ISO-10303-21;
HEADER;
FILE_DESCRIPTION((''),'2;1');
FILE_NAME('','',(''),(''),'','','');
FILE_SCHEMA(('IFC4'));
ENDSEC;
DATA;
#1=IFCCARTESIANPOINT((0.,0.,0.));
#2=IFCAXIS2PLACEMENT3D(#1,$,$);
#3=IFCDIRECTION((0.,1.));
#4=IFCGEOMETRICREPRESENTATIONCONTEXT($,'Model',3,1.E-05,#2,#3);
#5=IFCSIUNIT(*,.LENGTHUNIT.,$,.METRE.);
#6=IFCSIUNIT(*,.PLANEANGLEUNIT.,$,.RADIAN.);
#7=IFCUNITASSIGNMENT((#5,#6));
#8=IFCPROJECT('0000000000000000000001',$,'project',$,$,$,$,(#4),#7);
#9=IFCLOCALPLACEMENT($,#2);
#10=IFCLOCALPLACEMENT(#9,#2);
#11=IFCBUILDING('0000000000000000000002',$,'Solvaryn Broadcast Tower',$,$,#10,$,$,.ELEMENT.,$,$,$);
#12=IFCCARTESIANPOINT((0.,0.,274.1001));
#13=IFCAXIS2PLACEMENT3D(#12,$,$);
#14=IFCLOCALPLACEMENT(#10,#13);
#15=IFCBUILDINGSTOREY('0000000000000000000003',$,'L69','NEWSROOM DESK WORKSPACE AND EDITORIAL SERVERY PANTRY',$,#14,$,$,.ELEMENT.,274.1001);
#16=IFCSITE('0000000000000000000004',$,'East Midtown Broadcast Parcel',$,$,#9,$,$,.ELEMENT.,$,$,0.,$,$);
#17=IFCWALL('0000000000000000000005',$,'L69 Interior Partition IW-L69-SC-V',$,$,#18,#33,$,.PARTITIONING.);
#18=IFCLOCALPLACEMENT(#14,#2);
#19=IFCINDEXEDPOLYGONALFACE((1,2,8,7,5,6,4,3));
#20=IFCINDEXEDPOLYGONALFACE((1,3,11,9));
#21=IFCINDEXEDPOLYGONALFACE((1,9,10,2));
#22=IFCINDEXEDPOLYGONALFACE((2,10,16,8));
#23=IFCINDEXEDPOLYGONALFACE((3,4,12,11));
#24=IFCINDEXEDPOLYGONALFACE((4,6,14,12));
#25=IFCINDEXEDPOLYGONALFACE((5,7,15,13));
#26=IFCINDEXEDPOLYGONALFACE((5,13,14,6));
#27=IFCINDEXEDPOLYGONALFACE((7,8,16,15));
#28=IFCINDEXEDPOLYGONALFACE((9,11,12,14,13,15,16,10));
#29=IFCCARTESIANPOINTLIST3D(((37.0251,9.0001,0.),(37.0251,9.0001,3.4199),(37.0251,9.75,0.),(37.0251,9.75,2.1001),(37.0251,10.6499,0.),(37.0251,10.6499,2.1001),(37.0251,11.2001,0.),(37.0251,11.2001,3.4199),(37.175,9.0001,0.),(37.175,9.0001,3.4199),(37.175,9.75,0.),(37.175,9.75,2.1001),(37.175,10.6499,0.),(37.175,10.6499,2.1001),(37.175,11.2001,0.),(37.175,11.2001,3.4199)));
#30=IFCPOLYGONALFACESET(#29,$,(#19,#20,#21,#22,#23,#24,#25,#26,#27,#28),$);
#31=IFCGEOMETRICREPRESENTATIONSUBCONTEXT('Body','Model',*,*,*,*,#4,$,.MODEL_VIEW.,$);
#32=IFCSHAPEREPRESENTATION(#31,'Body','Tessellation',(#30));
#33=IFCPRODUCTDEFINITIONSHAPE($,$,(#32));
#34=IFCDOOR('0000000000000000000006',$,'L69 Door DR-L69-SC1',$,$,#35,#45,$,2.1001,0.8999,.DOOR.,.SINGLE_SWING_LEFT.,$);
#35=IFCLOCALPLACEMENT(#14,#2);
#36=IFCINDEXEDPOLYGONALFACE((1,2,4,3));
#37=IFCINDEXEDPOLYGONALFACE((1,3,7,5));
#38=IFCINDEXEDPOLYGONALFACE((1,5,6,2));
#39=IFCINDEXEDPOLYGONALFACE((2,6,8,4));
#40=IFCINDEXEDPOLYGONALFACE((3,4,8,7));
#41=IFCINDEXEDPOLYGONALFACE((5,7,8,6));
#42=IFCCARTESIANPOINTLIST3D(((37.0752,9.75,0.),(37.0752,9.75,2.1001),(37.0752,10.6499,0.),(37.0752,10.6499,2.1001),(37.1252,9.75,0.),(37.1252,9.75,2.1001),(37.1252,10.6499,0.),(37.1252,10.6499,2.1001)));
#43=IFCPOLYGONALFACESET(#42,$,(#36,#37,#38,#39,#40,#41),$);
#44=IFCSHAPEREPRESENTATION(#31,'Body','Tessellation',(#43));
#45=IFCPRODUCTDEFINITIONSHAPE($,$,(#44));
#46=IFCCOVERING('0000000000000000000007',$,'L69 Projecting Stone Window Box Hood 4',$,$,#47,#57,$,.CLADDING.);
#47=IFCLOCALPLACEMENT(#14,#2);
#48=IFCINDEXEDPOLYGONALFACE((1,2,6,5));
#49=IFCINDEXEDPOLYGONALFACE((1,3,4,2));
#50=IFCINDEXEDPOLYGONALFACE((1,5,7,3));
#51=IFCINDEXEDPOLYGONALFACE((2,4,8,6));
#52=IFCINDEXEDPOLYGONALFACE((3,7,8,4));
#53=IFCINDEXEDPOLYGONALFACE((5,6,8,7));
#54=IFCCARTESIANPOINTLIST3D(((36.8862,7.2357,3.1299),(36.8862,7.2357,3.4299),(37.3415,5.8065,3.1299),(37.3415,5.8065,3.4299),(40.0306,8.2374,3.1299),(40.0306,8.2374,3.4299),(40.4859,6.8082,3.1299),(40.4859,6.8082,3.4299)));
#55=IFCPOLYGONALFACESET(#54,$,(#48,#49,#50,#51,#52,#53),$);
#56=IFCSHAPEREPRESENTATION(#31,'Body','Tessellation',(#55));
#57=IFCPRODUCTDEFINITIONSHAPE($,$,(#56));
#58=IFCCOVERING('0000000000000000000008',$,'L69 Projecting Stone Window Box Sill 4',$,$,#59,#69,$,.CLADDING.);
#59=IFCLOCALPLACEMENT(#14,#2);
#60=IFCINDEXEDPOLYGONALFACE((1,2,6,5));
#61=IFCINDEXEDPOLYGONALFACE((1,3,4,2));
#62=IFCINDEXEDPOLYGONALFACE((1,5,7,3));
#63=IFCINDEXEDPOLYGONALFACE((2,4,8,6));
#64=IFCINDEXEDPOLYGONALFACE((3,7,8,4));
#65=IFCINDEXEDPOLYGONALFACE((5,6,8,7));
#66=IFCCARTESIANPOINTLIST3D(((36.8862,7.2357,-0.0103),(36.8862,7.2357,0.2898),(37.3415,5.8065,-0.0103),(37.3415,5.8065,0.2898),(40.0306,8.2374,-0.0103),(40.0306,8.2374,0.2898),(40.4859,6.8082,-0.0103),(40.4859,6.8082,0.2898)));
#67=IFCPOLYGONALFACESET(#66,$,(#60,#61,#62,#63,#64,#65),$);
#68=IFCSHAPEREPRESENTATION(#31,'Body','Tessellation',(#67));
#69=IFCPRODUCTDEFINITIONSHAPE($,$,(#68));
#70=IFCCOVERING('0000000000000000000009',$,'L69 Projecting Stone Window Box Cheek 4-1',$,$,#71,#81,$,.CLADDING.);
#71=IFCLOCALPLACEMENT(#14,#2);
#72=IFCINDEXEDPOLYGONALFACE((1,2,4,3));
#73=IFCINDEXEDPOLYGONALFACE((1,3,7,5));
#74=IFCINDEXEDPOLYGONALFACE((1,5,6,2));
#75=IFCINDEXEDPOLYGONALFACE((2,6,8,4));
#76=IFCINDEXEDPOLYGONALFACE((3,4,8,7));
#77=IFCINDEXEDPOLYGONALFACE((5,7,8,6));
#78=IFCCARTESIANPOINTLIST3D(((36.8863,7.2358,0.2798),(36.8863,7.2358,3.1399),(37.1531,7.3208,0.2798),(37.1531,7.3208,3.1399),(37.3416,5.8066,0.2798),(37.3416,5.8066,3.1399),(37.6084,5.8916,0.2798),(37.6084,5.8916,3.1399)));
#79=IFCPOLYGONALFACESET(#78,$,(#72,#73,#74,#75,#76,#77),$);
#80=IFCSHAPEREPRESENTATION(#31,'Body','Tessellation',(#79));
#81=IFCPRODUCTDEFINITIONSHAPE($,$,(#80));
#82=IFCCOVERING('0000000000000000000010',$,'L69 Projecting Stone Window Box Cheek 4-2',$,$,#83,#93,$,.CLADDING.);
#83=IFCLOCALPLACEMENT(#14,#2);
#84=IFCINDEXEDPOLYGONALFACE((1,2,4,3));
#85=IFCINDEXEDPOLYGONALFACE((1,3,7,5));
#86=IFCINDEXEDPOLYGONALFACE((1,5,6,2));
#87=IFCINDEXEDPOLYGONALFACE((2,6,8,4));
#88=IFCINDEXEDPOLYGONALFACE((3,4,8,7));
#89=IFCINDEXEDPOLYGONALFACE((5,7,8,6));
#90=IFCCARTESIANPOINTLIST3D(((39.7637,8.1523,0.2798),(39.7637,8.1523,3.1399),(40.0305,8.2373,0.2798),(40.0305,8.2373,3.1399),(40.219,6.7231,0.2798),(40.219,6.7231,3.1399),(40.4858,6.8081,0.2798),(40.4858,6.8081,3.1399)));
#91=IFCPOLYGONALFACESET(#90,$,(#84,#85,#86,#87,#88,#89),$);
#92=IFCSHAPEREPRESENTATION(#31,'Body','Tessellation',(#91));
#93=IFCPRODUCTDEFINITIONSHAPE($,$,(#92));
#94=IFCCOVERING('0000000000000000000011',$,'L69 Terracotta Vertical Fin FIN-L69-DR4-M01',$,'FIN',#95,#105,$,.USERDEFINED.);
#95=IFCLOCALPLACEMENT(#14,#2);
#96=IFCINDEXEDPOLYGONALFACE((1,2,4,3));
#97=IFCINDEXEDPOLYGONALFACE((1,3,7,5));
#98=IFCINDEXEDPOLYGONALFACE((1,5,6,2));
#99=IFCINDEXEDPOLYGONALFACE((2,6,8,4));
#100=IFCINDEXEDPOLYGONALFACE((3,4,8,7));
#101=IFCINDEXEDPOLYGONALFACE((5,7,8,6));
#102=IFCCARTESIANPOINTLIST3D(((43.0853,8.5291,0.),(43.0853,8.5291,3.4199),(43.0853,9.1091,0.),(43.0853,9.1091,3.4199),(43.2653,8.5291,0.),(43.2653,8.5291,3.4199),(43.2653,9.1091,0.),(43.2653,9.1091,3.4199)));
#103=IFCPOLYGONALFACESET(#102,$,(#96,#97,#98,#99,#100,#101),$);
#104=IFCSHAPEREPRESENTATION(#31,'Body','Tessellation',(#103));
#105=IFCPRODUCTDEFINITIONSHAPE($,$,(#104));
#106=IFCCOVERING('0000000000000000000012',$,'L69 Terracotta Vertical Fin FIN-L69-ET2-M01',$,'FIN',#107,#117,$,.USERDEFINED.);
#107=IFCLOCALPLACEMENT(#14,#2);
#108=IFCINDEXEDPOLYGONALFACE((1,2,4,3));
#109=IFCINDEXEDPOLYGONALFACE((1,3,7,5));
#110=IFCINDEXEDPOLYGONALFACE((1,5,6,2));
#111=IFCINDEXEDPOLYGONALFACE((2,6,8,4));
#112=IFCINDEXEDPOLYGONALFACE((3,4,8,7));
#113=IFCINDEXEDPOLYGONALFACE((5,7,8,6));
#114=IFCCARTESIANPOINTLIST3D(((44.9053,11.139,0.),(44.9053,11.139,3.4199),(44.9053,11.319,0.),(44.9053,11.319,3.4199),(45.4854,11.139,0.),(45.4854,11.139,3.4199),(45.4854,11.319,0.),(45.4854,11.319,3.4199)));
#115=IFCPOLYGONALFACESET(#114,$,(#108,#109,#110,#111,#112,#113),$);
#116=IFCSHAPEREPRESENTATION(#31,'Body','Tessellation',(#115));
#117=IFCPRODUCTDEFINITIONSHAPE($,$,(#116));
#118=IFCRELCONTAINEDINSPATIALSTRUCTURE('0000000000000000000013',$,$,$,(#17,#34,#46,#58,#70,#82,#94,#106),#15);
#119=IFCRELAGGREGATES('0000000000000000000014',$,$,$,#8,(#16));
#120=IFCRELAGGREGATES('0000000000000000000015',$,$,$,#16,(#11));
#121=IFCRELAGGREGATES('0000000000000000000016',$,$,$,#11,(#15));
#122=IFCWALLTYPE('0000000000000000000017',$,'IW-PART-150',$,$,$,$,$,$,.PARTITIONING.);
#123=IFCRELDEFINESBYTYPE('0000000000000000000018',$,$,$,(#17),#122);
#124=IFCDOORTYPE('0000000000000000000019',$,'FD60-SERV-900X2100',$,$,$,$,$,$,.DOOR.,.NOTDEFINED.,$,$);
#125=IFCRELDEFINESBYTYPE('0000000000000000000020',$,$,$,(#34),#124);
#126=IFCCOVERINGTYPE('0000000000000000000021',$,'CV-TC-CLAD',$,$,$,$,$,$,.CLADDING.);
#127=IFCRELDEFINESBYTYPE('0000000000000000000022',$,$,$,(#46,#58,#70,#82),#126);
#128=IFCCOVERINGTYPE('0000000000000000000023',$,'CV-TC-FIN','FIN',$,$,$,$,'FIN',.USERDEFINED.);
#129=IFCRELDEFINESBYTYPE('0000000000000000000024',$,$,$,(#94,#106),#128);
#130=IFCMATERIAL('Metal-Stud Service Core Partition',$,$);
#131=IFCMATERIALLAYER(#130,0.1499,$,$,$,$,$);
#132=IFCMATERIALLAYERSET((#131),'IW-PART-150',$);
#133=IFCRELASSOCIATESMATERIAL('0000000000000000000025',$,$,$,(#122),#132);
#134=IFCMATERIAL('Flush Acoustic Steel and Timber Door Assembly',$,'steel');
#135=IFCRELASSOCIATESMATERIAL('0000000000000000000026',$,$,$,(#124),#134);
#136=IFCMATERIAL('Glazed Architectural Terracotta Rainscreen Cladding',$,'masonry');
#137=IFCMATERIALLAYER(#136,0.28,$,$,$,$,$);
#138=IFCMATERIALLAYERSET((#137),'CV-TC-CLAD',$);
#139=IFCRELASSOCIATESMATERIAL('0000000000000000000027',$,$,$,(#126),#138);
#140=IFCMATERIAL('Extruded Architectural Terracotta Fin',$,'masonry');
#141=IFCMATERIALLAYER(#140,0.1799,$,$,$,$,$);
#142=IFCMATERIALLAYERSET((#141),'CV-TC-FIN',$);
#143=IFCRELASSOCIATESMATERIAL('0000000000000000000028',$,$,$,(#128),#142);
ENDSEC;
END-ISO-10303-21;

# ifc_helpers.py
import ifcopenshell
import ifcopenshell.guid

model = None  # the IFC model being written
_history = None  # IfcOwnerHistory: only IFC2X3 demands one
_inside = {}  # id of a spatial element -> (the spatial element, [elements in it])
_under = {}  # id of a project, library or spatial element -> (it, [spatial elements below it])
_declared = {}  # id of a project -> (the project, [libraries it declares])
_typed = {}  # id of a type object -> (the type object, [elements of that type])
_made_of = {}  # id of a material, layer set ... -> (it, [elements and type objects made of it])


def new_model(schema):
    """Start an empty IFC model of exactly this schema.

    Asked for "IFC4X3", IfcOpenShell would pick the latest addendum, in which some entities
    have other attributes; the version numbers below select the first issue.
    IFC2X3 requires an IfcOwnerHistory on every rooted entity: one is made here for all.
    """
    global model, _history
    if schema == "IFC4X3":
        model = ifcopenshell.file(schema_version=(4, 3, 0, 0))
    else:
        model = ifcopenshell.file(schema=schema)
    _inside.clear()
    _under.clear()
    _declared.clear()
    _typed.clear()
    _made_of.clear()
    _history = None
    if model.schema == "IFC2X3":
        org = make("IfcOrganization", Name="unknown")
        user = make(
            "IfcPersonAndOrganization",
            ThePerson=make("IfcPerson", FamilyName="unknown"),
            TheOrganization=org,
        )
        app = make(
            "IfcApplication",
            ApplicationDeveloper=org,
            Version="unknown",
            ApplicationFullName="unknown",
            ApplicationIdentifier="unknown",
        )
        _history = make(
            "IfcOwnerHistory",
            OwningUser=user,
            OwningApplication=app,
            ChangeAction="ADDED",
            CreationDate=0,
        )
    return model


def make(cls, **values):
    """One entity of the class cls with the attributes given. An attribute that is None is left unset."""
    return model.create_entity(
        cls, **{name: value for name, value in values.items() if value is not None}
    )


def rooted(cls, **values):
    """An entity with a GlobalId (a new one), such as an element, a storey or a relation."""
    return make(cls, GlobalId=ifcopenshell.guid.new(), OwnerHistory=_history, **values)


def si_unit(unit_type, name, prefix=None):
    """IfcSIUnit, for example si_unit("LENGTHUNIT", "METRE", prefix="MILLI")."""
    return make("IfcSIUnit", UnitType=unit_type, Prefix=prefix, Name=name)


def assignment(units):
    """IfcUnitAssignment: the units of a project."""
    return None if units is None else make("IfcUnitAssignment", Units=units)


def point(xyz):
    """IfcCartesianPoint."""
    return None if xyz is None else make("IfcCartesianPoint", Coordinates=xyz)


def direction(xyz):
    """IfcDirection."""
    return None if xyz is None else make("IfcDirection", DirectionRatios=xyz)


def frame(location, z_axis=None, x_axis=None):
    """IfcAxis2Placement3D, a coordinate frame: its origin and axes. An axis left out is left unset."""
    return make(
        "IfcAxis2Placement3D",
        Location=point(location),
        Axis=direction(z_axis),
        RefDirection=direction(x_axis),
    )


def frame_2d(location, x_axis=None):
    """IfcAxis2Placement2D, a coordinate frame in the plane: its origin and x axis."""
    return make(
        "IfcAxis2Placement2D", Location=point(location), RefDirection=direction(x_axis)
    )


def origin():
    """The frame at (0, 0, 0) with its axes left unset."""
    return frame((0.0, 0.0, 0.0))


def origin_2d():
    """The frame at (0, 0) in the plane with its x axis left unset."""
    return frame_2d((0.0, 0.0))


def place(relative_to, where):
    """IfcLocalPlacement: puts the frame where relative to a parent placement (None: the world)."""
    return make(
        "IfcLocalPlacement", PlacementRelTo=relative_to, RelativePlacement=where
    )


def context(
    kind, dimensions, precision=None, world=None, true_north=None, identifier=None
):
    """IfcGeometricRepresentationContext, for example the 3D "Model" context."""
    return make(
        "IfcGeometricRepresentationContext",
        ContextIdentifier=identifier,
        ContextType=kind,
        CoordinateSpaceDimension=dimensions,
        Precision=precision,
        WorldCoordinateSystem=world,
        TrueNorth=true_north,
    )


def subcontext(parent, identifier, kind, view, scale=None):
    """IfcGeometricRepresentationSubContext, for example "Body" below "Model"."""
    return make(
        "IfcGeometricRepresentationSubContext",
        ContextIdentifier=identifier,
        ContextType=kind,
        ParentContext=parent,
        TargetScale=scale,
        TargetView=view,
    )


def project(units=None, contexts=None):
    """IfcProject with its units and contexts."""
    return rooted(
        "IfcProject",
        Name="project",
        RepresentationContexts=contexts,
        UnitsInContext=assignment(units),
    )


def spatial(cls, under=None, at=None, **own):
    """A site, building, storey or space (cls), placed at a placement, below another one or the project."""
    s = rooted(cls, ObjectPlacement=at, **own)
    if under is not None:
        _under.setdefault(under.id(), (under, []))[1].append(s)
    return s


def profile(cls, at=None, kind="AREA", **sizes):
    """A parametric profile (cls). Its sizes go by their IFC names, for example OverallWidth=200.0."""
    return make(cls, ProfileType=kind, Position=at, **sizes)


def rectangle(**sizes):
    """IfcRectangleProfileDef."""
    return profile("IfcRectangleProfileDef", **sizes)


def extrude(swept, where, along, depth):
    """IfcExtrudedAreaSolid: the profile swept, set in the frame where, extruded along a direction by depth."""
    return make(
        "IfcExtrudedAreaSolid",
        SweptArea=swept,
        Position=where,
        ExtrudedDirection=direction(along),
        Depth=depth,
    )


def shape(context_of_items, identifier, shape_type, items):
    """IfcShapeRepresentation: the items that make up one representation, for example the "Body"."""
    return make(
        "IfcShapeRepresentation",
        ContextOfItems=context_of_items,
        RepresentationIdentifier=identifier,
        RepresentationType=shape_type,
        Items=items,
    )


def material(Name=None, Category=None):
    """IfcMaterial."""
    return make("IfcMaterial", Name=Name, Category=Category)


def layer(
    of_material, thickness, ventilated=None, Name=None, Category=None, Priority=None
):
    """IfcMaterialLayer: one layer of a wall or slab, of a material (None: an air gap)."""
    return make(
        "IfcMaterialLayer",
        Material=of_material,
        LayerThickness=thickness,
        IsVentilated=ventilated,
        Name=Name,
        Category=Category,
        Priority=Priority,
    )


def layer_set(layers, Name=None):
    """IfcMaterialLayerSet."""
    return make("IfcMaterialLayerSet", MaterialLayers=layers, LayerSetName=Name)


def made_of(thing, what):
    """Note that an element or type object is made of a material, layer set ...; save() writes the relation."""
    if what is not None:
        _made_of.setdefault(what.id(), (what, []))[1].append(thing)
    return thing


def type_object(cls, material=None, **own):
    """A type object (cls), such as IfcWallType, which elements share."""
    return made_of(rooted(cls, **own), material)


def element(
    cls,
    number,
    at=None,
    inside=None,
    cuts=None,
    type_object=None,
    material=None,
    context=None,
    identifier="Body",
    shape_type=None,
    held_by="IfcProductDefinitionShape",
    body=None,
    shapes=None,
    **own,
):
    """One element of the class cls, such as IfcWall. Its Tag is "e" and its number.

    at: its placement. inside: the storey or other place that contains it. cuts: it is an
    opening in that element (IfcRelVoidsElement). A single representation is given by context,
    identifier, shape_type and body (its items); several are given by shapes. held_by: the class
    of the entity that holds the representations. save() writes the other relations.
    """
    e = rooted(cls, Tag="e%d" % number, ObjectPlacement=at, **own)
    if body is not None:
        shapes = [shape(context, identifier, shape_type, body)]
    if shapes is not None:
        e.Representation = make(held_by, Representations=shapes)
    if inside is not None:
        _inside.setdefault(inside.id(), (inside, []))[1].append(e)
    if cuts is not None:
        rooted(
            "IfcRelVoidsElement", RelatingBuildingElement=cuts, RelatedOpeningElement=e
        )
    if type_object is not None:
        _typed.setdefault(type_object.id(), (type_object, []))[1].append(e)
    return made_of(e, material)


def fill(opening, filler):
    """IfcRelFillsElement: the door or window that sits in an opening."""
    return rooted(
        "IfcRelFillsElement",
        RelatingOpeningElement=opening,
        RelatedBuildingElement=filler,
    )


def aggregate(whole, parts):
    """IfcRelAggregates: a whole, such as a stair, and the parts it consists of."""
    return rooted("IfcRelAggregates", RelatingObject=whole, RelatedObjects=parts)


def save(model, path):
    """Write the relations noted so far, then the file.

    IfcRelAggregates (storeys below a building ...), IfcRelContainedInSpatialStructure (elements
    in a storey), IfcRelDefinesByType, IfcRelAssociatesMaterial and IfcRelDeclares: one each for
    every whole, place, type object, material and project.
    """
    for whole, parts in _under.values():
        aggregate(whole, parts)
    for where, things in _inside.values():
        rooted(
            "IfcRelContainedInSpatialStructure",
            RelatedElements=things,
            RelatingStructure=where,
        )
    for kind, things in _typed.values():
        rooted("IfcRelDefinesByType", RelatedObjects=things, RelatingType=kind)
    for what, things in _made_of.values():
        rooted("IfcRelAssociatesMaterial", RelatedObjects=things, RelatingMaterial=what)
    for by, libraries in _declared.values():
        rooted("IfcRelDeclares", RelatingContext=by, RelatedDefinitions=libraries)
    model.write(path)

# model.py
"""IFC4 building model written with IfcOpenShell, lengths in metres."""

from ifc_helpers import new_model, si_unit, direction, frame, frame_2d, origin, origin_2d, place, context, subcontext, project, spatial, rectangle, extrude, material, layer, layer_set, type_object, element, fill, save


model = new_model("IFC4")

# Units and contexts
model_context = context("Model", 3, precision=1e-05, world=origin(), true_north=direction((0.0, 1.0)))
body_context = subcontext(model_context, "Body", "Model", "MODEL_VIEW")
ifc_project = project(units=[si_unit("LENGTHUNIT", "METRE"), si_unit("PLANEANGLEUNIT", "RADIAN")], contexts=[model_context])

# Site, building, storey
site_placement = place(None, origin())
site = spatial("IfcSite", under=ifc_project, at=site_placement, Name="East Midtown Broadcast Parcel", CompositionType="ELEMENT", RefElevation=0.0)
building_placement = place(site_placement, origin())
building = spatial("IfcBuilding", under=site, at=building_placement, Name="Solvaryn Broadcast Tower", CompositionType="ELEMENT")
storey_placement = place(building_placement, frame((0.0, 0.0, 274.1001)))
storey = spatial("IfcBuildingStorey", under=building, at=storey_placement, Name="L69", Description="NEWSROOM DESK WORKSPACE AND EDITORIAL SERVERY PANTRY", CompositionType="ELEMENT", Elevation=274.1001)

# Wall, opening, door
ifc_material_1 = material(Name="Metal-Stud Service Core Partition")
ifc_layer_1 = layer(ifc_material_1, 0.1499)
ifc_layer_set_1 = layer_set([ifc_layer_1], Name="IW-PART-150")
wall_type_1 = type_object("IfcWallType", Name="IW-PART-150", PredefinedType="PARTITIONING", material=ifc_layer_set_1)
ifc_material_2 = material(Name="Flush Acoustic Steel and Timber Door Assembly", Category="steel")
door_type = type_object("IfcDoorType", Name="FD60-SERV-900X2100", OperationType="NOTDEFINED", PredefinedType="DOOR", material=ifc_material_2)
wall_1_placement = place(storey_placement, frame((37.1001, 9.0, 0.0), z_axis=(0.0, 0.0, 1.0), x_axis=(0.0, 1.0, 0.0)))
wall_1 = element("IfcWall", 1, at=wall_1_placement, inside=storey, type_object=wall_type_1, Name="L69 Interior Partition IW-L69-SC-V", PredefinedType="PARTITIONING", context=body_context, shape_type="SweptSolid", body=[
    extrude(rectangle(XDim=2.2, YDim=0.1499, at=frame_2d((1.1001, 0.0))), origin(), (0.0, 0.0, 1.0), 3.4199),
])
opening_1_placement = place(wall_1_placement, frame((0.75, 0.0, 0.0)))
opening_1 = element("IfcOpeningElement", 2, at=opening_1_placement, cuts=wall_1, PredefinedType="OPENING", context=body_context, shape_type="SweptSolid", body=[
    extrude(rectangle(XDim=0.8999, YDim=2.1001, at=frame_2d((0.45, 1.05))), frame((0.0, 0.085, 0.0), z_axis=(0.0, -1.0, 0.0), x_axis=(1.0, 0.0, 0.0)), (0.0, 0.0, 1.0), 0.1699),
])
door_1_placement = place(opening_1_placement, origin())
door_1 = element("IfcDoor", 3, at=door_1_placement, inside=storey, type_object=door_type, Name="L69 Door DR-L69-SC1", OperationType="SINGLE_SWING_LEFT", OverallHeight=2.1001, OverallWidth=0.8999, PredefinedType="DOOR", context=body_context, shape_type="SweptSolid", body=[
    extrude(rectangle(XDim=0.8999, YDim=2.1001, at=frame_2d((0.45, 1.05))), frame((0.0, 0.0249, 0.0), z_axis=(0.0, -1.0, 0.0), x_axis=(1.0, 0.0, 0.0)), (0.0, 0.0, 1.0), 0.05),
])
fill(opening_1, door_1)

# Coverings
ifc_material_3 = material(Name="Glazed Architectural Terracotta Rainscreen Cladding", Category="masonry")
ifc_layer_2 = layer(ifc_material_3, 0.28)
ifc_layer_set_2 = layer_set([ifc_layer_2], Name="CV-TC-CLAD")
covering_type_1 = type_object("IfcCoveringType", Name="CV-TC-CLAD", PredefinedType="CLADDING", material=ifc_layer_set_2)
for number, where, z_axis, x_axis, name in (
    (4, (38.686, 7.022, 3.1299), (0.0, 0.0, 1.0), (0.952821, 0.303534, 0.0), "L69 Projecting Stone Window Box Hood 4"),
    (5, (38.686, 7.022, -0.0103), (0.0, 0.0, 1.0), (0.952821, 0.303534, 0.0), "L69 Projecting Stone Window Box Sill 4"),
):
    element("IfcCovering", number, at=place(storey_placement, frame(where, z_axis=z_axis, x_axis=x_axis)), inside=storey, type_object=covering_type_1, Name=name, PredefinedType="CLADDING", context=body_context, shape_type="SweptSolid", body=[
        extrude(rectangle(XDim=3.3, YDim=1.5, at=origin_2d()), origin(), (0.0, 0.0, 1.0), 0.3),
    ])
for number, where, z_axis, x_axis, name in (
    (6, (37.2473, 6.5637, 0.2798), (0.0, 0.0, 1.0), (0.952821, 0.303534, 0.0), "L69 Projecting Stone Window Box Cheek 4-1"),
    (7, (40.1248, 7.4802, 0.2798), (0.0, 0.0, 1.0), (0.952821, 0.303534, 0.0), "L69 Projecting Stone Window Box Cheek 4-2"),
):
    element("IfcCovering", number, at=place(storey_placement, frame(where, z_axis=z_axis, x_axis=x_axis)), inside=storey, type_object=covering_type_1, Name=name, PredefinedType="CLADDING", context=body_context, shape_type="SweptSolid", body=[
        extrude(rectangle(XDim=0.28, YDim=1.5, at=origin_2d()), origin(), (0.0, 0.0, 1.0), 2.8601),
    ])
ifc_material_4 = material(Name="Extruded Architectural Terracotta Fin", Category="masonry")
ifc_layer_3 = layer(ifc_material_4, 0.1799)
ifc_layer_set_3 = layer_set([ifc_layer_3], Name="CV-TC-FIN")
covering_type_2 = type_object("IfcCoveringType", Name="CV-TC-FIN", Description="FIN", ElementType="FIN", PredefinedType="USERDEFINED", material=ifc_layer_set_3)
covering_1_placement = place(storey_placement, frame((43.1753, 8.8191, 0.0), z_axis=(0.0, 0.0, 1.0), x_axis=(1.0, 0.0, 0.0)))
element("IfcCovering", 8, at=covering_1_placement, inside=storey, type_object=covering_type_2, Name="L69 Terracotta Vertical Fin FIN-L69-DR4-M01", ObjectType="FIN", PredefinedType="USERDEFINED", context=body_context, shape_type="SweptSolid", body=[
    extrude(rectangle(XDim=0.1799, YDim=0.5801, at=origin_2d()), origin(), (0.0, 0.0, 1.0), 3.4199),
])
covering_2_placement = place(storey_placement, frame((45.1953, 11.229, 0.0), z_axis=(0.0, 0.0, 1.0), x_axis=(1.0, 0.0, 0.0)))
element("IfcCovering", 9, at=covering_2_placement, inside=storey, type_object=covering_type_2, Name="L69 Terracotta Vertical Fin FIN-L69-ET2-M01", ObjectType="FIN", PredefinedType="USERDEFINED", context=body_context, shape_type="SweptSolid", body=[
    extrude(rectangle(XDim=0.5801, YDim=0.1799, at=origin_2d()), origin(), (0.0, 0.0, 1.0), 3.4199),
])

save(model, "model.ifc")
